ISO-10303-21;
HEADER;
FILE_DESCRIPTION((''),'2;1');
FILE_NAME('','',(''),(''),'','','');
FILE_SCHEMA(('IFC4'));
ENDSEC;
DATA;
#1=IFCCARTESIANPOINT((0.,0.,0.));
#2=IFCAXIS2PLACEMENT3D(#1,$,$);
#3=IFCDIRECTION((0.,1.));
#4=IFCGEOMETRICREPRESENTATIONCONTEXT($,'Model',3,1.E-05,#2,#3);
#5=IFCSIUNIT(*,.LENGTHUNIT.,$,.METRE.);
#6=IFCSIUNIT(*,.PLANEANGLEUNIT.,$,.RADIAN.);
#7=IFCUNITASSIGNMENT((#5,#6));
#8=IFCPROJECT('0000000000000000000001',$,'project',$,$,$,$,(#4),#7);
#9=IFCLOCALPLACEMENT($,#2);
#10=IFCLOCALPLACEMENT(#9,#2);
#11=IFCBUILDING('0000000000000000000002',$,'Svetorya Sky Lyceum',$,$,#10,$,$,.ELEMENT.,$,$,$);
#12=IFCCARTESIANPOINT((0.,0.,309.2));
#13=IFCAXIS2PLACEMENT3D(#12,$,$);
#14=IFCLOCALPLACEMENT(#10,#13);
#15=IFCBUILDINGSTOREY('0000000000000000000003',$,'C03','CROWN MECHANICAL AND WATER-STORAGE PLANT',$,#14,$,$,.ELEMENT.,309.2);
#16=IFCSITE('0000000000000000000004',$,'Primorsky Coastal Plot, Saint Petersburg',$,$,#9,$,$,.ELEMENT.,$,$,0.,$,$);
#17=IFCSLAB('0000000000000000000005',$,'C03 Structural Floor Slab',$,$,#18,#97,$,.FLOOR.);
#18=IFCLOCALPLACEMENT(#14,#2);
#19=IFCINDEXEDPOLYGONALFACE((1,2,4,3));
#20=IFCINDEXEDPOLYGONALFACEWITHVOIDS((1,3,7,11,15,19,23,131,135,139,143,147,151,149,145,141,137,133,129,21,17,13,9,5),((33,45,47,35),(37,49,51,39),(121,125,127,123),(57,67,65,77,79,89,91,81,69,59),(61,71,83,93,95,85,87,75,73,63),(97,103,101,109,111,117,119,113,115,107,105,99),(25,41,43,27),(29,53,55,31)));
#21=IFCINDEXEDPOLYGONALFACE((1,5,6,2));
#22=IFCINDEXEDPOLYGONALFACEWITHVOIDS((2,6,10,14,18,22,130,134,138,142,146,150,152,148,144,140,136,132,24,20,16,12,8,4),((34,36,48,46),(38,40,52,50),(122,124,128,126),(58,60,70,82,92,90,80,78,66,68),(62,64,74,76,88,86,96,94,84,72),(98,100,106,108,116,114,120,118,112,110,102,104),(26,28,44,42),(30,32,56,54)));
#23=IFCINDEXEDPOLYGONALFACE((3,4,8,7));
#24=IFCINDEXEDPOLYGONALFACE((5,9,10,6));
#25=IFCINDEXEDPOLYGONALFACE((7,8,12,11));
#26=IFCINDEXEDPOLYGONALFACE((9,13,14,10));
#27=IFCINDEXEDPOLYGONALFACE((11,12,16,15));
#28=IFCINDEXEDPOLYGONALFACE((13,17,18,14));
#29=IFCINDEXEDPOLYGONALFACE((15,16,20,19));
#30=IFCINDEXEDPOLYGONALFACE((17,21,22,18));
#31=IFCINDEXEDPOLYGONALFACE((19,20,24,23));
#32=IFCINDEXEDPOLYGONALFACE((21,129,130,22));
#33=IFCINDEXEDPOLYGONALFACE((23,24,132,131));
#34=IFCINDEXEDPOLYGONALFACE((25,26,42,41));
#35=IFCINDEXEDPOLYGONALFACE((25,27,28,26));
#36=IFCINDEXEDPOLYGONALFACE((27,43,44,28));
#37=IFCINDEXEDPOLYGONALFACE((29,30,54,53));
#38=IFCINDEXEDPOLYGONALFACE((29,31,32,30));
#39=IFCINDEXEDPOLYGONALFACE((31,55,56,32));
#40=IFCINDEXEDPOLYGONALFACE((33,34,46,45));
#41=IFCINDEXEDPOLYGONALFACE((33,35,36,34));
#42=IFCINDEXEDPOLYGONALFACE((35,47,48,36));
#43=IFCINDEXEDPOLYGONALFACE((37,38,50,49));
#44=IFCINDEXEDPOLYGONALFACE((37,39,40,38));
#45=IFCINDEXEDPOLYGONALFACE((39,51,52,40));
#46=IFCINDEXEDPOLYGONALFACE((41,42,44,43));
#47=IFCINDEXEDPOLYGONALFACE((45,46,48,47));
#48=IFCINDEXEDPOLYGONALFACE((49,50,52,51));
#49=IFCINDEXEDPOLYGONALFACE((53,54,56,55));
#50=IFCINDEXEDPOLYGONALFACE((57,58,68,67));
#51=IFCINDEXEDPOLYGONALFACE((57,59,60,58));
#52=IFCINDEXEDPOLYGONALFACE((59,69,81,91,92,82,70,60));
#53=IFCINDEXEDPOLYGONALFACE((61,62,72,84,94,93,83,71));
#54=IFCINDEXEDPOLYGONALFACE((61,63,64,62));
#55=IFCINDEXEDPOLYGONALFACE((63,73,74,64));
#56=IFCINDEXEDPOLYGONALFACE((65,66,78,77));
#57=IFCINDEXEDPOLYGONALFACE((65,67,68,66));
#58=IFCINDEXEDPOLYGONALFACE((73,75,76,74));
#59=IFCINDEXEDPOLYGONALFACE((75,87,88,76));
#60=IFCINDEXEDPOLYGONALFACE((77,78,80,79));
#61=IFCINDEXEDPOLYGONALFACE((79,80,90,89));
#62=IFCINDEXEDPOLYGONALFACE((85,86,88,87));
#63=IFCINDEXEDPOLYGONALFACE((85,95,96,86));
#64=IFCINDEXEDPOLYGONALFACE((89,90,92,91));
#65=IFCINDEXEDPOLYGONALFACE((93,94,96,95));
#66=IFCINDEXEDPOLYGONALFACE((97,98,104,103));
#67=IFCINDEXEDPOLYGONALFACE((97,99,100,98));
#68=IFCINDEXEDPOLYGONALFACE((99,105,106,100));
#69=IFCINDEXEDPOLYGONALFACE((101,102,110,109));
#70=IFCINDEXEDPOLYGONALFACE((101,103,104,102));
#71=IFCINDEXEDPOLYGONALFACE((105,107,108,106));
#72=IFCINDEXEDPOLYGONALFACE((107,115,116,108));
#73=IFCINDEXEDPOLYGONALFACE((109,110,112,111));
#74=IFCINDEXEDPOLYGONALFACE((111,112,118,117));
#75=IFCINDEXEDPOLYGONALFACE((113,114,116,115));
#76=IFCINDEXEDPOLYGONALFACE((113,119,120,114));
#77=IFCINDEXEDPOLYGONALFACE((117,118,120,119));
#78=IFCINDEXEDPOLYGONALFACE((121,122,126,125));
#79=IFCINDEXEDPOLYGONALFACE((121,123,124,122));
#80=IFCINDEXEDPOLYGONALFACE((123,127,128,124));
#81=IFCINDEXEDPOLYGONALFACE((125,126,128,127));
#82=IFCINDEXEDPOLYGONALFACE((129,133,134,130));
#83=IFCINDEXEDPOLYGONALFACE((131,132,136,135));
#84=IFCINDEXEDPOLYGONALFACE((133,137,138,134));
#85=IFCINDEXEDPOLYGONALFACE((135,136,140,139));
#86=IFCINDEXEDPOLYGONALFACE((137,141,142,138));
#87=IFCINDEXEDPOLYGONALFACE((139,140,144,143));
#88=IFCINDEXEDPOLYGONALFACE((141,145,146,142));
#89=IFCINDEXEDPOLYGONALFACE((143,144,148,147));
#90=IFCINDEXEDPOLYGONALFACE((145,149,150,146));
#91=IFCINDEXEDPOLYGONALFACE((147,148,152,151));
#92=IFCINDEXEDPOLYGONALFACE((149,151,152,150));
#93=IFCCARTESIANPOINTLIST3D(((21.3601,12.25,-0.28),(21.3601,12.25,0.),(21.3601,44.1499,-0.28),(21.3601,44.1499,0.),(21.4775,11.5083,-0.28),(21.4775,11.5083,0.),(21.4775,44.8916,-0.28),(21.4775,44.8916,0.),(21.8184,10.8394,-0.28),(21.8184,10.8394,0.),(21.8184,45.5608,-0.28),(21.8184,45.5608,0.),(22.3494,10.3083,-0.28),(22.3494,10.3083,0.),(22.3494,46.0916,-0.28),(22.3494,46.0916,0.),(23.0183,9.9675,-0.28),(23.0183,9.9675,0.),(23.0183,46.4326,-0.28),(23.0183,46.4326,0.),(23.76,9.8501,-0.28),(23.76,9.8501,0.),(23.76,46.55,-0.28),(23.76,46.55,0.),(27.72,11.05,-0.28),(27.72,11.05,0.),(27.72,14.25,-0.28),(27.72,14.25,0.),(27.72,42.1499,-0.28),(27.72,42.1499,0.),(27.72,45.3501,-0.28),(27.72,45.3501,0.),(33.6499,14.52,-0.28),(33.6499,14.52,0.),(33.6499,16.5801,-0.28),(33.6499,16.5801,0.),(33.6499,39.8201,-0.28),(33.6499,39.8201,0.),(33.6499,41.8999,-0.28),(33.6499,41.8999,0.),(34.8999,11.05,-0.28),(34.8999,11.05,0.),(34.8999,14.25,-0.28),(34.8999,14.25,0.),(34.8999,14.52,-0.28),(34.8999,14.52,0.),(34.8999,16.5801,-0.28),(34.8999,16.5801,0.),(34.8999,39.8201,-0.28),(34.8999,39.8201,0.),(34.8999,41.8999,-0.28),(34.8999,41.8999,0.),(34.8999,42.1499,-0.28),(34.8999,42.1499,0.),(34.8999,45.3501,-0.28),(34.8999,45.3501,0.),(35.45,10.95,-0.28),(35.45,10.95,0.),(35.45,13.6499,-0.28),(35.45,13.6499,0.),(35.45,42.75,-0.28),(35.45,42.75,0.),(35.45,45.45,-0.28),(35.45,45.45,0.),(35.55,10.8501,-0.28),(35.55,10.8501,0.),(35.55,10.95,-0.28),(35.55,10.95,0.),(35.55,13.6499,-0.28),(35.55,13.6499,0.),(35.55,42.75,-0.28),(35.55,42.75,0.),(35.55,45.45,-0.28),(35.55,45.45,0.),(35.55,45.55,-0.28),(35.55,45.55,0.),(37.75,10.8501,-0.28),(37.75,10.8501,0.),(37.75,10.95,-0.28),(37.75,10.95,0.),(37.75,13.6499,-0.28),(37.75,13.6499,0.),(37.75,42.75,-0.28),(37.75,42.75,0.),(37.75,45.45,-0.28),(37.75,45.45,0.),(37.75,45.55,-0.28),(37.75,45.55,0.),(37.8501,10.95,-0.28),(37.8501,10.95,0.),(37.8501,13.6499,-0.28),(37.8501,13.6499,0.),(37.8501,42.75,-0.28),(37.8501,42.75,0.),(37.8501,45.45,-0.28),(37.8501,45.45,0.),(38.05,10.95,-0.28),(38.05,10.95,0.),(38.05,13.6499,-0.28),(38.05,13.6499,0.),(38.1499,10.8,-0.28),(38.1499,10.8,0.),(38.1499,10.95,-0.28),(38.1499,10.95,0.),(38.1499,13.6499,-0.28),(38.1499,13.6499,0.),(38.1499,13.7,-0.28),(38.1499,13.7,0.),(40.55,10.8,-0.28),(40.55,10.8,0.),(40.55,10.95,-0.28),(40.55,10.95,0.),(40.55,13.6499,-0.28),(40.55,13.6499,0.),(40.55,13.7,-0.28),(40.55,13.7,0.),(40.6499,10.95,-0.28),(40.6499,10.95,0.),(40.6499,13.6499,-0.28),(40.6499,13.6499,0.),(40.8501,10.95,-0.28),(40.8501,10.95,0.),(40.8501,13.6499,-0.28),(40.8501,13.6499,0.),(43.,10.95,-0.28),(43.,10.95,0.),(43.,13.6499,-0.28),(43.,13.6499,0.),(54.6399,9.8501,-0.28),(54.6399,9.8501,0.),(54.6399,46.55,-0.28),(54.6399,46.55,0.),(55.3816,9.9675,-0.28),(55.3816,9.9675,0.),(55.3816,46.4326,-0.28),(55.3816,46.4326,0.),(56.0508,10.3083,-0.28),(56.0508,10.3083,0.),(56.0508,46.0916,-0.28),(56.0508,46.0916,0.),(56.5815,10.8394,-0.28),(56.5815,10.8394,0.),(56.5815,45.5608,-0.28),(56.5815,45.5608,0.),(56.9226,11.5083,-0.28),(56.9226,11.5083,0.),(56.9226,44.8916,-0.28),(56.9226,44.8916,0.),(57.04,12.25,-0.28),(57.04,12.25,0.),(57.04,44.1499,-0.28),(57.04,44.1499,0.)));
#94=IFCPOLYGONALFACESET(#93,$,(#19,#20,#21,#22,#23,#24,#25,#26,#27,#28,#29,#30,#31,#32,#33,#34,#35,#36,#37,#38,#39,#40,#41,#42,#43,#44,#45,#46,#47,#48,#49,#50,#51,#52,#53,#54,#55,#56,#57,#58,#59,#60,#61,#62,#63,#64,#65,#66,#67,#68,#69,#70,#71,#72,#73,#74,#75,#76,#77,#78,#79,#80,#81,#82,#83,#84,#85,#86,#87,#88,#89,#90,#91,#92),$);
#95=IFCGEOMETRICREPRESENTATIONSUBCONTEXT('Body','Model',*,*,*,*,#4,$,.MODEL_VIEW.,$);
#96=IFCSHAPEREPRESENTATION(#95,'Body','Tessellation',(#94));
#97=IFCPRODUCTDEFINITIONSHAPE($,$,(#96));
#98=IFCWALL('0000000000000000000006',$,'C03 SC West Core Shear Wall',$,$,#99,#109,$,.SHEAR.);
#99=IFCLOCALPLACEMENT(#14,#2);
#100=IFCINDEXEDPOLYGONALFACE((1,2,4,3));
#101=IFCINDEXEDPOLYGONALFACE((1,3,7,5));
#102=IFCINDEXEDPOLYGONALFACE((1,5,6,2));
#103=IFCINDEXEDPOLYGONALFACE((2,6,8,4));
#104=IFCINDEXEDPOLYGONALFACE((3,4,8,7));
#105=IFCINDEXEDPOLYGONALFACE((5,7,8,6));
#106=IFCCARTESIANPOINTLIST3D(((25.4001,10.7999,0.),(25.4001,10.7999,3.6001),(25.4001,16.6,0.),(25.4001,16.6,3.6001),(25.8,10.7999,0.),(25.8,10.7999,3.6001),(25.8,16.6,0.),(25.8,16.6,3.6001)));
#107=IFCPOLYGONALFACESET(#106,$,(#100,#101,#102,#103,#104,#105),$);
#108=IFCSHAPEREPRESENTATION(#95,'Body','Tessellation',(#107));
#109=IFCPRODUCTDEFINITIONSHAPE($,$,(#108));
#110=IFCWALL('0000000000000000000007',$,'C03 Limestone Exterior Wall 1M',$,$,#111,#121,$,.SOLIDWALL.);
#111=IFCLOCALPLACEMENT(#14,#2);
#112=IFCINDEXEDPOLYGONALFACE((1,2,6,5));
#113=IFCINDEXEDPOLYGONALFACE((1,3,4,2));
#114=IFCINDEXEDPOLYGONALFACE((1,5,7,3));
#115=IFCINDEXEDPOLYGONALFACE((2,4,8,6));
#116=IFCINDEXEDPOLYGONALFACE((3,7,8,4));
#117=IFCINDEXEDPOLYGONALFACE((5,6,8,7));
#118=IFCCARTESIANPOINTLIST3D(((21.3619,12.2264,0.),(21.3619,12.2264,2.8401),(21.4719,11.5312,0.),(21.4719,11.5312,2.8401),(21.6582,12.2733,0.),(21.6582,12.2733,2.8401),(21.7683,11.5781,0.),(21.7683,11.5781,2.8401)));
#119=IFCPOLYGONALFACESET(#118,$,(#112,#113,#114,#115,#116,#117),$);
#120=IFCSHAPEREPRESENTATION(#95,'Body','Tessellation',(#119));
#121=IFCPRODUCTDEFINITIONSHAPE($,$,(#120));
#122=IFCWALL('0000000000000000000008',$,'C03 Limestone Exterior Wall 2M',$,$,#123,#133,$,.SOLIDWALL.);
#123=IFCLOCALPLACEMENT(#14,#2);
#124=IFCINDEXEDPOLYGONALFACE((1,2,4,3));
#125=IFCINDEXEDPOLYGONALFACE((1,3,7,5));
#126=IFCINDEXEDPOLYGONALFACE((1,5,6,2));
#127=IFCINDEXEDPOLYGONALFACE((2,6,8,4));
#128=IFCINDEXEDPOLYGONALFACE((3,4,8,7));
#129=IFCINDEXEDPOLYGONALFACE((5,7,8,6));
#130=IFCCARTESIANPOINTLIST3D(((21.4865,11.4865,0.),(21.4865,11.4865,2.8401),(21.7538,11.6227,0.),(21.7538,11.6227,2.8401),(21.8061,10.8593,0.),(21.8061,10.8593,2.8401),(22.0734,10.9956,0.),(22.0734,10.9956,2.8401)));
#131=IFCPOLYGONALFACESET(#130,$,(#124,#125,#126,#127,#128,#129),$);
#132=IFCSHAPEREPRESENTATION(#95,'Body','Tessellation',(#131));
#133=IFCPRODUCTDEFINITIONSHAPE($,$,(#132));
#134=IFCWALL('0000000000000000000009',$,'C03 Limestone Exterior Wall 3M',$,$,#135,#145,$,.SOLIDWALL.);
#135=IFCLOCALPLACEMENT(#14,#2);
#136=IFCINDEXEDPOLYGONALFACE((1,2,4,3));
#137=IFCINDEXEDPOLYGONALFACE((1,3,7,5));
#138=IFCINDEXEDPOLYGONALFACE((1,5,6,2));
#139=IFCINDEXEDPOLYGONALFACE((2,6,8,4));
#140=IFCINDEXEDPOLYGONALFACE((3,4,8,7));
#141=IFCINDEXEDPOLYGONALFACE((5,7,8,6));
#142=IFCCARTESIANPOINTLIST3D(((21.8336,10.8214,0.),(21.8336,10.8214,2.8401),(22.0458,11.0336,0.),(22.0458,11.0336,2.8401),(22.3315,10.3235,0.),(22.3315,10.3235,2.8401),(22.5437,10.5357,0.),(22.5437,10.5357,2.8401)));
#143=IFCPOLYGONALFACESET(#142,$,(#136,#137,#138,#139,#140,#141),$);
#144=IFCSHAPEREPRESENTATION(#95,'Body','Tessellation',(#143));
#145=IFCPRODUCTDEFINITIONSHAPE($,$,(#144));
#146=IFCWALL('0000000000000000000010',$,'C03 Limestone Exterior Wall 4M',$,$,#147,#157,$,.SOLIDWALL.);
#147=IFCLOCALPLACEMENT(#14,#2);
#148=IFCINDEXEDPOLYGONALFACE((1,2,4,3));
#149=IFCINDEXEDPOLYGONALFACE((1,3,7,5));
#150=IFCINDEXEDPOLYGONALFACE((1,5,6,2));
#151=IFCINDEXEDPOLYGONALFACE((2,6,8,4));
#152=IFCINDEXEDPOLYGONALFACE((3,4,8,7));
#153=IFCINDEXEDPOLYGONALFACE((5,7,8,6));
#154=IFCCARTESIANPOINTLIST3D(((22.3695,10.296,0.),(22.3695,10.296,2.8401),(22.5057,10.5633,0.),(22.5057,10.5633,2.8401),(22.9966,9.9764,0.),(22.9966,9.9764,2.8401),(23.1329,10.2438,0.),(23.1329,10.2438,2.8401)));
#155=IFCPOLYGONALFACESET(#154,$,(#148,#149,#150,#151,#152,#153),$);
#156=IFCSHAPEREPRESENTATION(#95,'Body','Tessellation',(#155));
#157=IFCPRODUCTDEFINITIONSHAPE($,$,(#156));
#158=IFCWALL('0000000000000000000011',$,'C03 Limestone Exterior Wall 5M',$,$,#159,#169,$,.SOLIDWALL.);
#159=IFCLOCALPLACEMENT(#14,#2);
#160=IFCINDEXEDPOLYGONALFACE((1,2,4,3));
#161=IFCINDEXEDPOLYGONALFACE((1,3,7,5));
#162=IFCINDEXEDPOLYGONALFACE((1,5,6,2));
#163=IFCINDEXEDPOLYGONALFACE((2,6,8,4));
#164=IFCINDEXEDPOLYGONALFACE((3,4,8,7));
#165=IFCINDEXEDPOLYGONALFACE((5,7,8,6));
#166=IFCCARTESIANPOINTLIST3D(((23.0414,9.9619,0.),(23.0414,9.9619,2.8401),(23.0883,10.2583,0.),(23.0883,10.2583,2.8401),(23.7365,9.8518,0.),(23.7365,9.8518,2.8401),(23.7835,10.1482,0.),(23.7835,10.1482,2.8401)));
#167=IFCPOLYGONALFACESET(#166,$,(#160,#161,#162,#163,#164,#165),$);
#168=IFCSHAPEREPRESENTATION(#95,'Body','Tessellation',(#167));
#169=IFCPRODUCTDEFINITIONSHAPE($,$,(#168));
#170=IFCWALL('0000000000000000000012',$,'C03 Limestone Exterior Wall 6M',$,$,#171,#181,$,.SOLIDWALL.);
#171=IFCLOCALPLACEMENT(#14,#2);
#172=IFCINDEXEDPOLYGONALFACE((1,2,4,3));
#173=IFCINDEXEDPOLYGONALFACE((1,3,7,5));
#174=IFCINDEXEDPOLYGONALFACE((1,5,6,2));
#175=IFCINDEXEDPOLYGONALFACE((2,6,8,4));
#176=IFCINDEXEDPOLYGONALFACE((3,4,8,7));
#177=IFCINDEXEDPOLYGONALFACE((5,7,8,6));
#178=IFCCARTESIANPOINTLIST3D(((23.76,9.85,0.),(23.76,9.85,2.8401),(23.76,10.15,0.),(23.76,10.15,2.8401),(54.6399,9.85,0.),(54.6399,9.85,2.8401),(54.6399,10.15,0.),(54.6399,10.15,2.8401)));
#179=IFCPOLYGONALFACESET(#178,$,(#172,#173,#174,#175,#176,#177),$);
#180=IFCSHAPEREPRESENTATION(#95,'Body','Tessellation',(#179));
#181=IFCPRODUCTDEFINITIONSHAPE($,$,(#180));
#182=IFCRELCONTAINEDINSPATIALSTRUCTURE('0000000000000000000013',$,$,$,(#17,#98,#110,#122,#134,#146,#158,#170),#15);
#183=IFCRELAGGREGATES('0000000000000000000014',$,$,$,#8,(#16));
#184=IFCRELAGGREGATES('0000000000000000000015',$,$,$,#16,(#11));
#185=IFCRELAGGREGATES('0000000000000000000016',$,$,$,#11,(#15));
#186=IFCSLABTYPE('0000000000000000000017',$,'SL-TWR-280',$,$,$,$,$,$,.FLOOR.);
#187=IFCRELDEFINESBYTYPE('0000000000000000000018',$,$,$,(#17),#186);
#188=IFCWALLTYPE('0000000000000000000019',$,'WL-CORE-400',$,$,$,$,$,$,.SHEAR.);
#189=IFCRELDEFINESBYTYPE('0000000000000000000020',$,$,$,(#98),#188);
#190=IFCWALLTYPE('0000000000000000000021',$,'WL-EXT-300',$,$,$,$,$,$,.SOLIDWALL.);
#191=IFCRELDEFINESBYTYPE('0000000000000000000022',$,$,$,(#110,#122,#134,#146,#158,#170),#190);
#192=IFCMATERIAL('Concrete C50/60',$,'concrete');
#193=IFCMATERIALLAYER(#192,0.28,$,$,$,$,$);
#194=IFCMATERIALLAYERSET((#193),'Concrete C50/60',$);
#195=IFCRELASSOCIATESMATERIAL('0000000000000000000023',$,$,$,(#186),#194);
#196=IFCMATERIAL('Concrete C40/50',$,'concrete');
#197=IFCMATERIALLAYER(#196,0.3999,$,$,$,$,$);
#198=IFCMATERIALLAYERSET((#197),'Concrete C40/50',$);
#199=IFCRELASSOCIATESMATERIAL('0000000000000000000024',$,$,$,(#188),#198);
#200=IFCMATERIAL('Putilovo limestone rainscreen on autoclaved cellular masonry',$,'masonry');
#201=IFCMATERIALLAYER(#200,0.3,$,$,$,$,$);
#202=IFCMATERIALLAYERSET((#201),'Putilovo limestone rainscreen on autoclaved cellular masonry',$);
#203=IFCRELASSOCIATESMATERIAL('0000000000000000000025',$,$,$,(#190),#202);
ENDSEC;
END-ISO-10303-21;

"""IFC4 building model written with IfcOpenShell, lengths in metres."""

from ifc_helpers import new_model, si_unit, direction, frame, frame_2d, origin, place, context, subcontext, project, spatial, polyline, rectangle, outline, extrude, material, layer, layer_set, type_object, element, save


model = new_model("IFC4")

# Units and contexts
model_context = context("Model", 3, precision=1e-05, world=origin(), true_north=direction((0.0, 1.0)))
body_context = subcontext(model_context, "Body", "Model", "MODEL_VIEW")
ifc_project = project(units=[si_unit("LENGTHUNIT", "METRE"), si_unit("PLANEANGLEUNIT", "RADIAN")], contexts=[model_context])

# Site, building, storey
site_placement = place(None, origin())
site = spatial("IfcSite", under=ifc_project, at=site_placement, Name="Primorsky Coastal Plot, Saint Petersburg", CompositionType="ELEMENT", RefElevation=0.0)
building_placement = place(site_placement, origin())
building = spatial("IfcBuilding", under=site, at=building_placement, Name="Svetorya Sky Lyceum", CompositionType="ELEMENT")
storey_placement = place(building_placement, frame((0.0, 0.0, 309.2)))
storey = spatial("IfcBuildingStorey", under=building, at=storey_placement, Name="C03", Description="CROWN MECHANICAL AND WATER-STORAGE PLANT", CompositionType="ELEMENT", Elevation=309.2)

# Shared definitions
ifc_material_1 = material(Name="Concrete C40/50", Category="concrete")

# Slab
ifc_material_2 = material(Name="Concrete C50/60", Category="concrete")
ifc_layer_1 = layer(ifc_material_2, 0.28)
ifc_layer_set_1 = layer_set([ifc_layer_1], Name="Concrete C50/60")
slab_type_1 = type_object("IfcSlabType", Name="SL-TWR-280", PredefinedType="FLOOR", material=ifc_layer_set_1)
slab_1_placement = place(storey_placement, frame((0.0, 0.0, -0.28)))
element("IfcSlab", 1, at=slab_1_placement, inside=storey, type_object=slab_type_1, Name="C03 Structural Floor Slab", PredefinedType="FLOOR", context=body_context, shape_type="SweptSolid", body=[
    extrude(outline(polyline([(21.3601, 12.25), (21.4775, 11.5083), (21.8184, 10.8394), (22.3494, 10.3083), (23.0183, 9.9675), (23.76, 9.8501), (54.6399, 9.8501), (55.3816, 9.9675), (56.0508, 10.3083), (56.5815, 10.8394), (56.9226, 11.5083), (57.04, 12.25), (57.04, 44.1499), (56.9226, 44.8916), (56.5815, 45.5608), (56.0508, 46.0916), (55.3816, 46.4326), (54.6399, 46.55), (23.76, 46.55), (23.0183, 46.4326), (22.3494, 46.0916), (21.8184, 45.5608), (21.4775, 44.8916), (21.3601, 44.1499), (21.3601, 12.25)]), holes=[polyline([(37.75, 10.8501), (35.55, 10.8501), (35.55, 10.95), (35.45, 10.95), (35.45, 13.6499), (35.55, 13.6499), (37.75, 13.6499), (37.8501, 13.6499), (37.8501, 10.95), (37.75, 10.95), (37.75, 10.8501)]), polyline([(34.8999, 11.05), (27.72, 11.05), (27.72, 14.25), (34.8999, 14.25), (34.8999, 11.05)]), polyline([(34.8999, 14.52), (33.6499, 14.52), (33.6499, 16.5801), (34.8999, 16.5801), (34.8999, 14.52)]), polyline([(33.6499, 39.8201), (33.6499, 41.8999), (34.8999, 41.8999), (34.8999, 39.8201), (33.6499, 39.8201)]), polyline([(27.72, 42.1499), (27.72, 45.3501), (34.8999, 45.3501), (34.8999, 42.1499), (27.72, 42.1499)]), polyline([(37.75, 45.45), (37.8501, 45.45), (37.8501, 42.75), (37.75, 42.75), (35.55, 42.75), (35.45, 42.75), (35.45, 45.45), (35.55, 45.45), (35.55, 45.55), (37.75, 45.55), (37.75, 45.45)]), polyline([(40.6499, 13.6499), (40.6499, 10.95), (40.55, 10.95), (40.55, 10.8), (38.1499, 10.8), (38.1499, 10.95), (38.05, 10.95), (38.05, 13.6499), (38.1499, 13.6499), (38.1499, 13.7), (40.55, 13.7), (40.55, 13.6499), (40.6499, 13.6499)]), polyline([(40.8501, 10.95), (40.8501, 13.6499), (43.0, 13.6499), (43.0, 10.95), (40.8501, 10.95)])]), origin(), (0.0, 0.0, 1.0), 0.28),
])

# Walls
ifc_layer_2 = layer(ifc_material_1, 0.3999)
ifc_layer_set_2 = layer_set([ifc_layer_2], Name="Concrete C40/50")
wall_type_1 = type_object("IfcWallType", Name="WL-CORE-400", PredefinedType="SHEAR", material=ifc_layer_set_2)
wall_1_placement = place(storey_placement, frame((25.6001, 10.8, 0.0), z_axis=(0.0, 0.0, 1.0), x_axis=(0.0, 1.0, 0.0)))
element("IfcWall", 2, at=wall_1_placement, inside=storey, type_object=wall_type_1, Name="C03 SC West Core Shear Wall", PredefinedType="SHEAR", context=body_context, shape_type="SweptSolid", body=[
    extrude(rectangle(XDim=5.8, YDim=0.3999, at=frame_2d((2.8999, 0.0))), origin(), (0.0, 0.0, 1.0), 3.6001),
])
ifc_material_3 = material(Name="Putilovo limestone rainscreen on autoclaved cellular masonry", Category="masonry")
ifc_layer_3 = layer(ifc_material_3, 0.3)
ifc_layer_set_3 = layer_set([ifc_layer_3], Name="Putilovo limestone rainscreen on autoclaved cellular masonry")
wall_type_2 = type_object("IfcWallType", Name="WL-EXT-300", PredefinedType="SOLIDWALL", material=ifc_layer_set_3)
for number, where, z_axis, x_axis, name in (
    (3, (21.51, 12.25, 0.0), (0.0, 0.0, 1.0), (0.156408, -0.987693, 0.0), "C03 Limestone Exterior Wall 1M"),
    (4, (21.6201, 11.5547, 0.0), (0.0, 0.0, 1.0), (0.453999, -0.891002, 0.0), "C03 Limestone Exterior Wall 2M"),
):
    element("IfcWall", number, at=place(storey_placement, frame(where, z_axis=z_axis, x_axis=x_axis)), inside=storey, type_object=wall_type_2, Name=name, PredefinedType="SOLIDWALL", context=body_context, shape_type="SweptSolid", body=[
        extrude(rectangle(XDim=0.7039, YDim=0.3, at=frame_2d((0.3521, 0.0))), origin(), (0.0, 0.0, 1.0), 2.8401),
    ])
wall_2_placement = place(storey_placement, frame((21.9397, 10.9275, 0.0), z_axis=(0.0, 0.0, 1.0), x_axis=(0.707107, -0.707107, 0.0)))
element("IfcWall", 5, at=wall_2_placement, inside=storey, type_object=wall_type_2, Name="C03 Limestone Exterior Wall 3M", PredefinedType="SOLIDWALL", context=body_context, shape_type="SweptSolid", body=[
    extrude(rectangle(XDim=0.7041, YDim=0.3, at=frame_2d((0.3521, 0.0))), origin(), (0.0, 0.0, 1.0), 2.8401),
])
for number, where, z_axis, x_axis, name in (
    (6, (22.4375, 10.4297, 0.0), (0.0, 0.0, 1.0), (0.891002, -0.453999, 0.0), "C03 Limestone Exterior Wall 4M"),
    (7, (23.0647, 10.1101, 0.0), (0.0, 0.0, 1.0), (0.987693, -0.156408, 0.0), "C03 Limestone Exterior Wall 5M"),
):
    element("IfcWall", number, at=place(storey_placement, frame(where, z_axis=z_axis, x_axis=x_axis)), inside=storey, type_object=wall_type_2, Name=name, PredefinedType="SOLIDWALL", context=body_context, shape_type="SweptSolid", body=[
        extrude(rectangle(XDim=0.7039, YDim=0.3, at=frame_2d((0.3521, 0.0))), origin(), (0.0, 0.0, 1.0), 2.8401),
    ])
wall_3_placement = place(storey_placement, frame((23.76, 10.0, 0.0), z_axis=(0.0, 0.0, 1.0), x_axis=(1.0, 0.0, 0.0)))
element("IfcWall", 8, at=wall_3_placement, inside=storey, type_object=wall_type_2, Name="C03 Limestone Exterior Wall 6M", PredefinedType="SOLIDWALL", context=body_context, shape_type="SweptSolid", body=[
    extrude(rectangle(XDim=30.8799, YDim=0.3, at=frame_2d((15.4399, 0.0))), origin(), (0.0, 0.0, 1.0), 2.8401),
])

save(model, "model.ifc")
